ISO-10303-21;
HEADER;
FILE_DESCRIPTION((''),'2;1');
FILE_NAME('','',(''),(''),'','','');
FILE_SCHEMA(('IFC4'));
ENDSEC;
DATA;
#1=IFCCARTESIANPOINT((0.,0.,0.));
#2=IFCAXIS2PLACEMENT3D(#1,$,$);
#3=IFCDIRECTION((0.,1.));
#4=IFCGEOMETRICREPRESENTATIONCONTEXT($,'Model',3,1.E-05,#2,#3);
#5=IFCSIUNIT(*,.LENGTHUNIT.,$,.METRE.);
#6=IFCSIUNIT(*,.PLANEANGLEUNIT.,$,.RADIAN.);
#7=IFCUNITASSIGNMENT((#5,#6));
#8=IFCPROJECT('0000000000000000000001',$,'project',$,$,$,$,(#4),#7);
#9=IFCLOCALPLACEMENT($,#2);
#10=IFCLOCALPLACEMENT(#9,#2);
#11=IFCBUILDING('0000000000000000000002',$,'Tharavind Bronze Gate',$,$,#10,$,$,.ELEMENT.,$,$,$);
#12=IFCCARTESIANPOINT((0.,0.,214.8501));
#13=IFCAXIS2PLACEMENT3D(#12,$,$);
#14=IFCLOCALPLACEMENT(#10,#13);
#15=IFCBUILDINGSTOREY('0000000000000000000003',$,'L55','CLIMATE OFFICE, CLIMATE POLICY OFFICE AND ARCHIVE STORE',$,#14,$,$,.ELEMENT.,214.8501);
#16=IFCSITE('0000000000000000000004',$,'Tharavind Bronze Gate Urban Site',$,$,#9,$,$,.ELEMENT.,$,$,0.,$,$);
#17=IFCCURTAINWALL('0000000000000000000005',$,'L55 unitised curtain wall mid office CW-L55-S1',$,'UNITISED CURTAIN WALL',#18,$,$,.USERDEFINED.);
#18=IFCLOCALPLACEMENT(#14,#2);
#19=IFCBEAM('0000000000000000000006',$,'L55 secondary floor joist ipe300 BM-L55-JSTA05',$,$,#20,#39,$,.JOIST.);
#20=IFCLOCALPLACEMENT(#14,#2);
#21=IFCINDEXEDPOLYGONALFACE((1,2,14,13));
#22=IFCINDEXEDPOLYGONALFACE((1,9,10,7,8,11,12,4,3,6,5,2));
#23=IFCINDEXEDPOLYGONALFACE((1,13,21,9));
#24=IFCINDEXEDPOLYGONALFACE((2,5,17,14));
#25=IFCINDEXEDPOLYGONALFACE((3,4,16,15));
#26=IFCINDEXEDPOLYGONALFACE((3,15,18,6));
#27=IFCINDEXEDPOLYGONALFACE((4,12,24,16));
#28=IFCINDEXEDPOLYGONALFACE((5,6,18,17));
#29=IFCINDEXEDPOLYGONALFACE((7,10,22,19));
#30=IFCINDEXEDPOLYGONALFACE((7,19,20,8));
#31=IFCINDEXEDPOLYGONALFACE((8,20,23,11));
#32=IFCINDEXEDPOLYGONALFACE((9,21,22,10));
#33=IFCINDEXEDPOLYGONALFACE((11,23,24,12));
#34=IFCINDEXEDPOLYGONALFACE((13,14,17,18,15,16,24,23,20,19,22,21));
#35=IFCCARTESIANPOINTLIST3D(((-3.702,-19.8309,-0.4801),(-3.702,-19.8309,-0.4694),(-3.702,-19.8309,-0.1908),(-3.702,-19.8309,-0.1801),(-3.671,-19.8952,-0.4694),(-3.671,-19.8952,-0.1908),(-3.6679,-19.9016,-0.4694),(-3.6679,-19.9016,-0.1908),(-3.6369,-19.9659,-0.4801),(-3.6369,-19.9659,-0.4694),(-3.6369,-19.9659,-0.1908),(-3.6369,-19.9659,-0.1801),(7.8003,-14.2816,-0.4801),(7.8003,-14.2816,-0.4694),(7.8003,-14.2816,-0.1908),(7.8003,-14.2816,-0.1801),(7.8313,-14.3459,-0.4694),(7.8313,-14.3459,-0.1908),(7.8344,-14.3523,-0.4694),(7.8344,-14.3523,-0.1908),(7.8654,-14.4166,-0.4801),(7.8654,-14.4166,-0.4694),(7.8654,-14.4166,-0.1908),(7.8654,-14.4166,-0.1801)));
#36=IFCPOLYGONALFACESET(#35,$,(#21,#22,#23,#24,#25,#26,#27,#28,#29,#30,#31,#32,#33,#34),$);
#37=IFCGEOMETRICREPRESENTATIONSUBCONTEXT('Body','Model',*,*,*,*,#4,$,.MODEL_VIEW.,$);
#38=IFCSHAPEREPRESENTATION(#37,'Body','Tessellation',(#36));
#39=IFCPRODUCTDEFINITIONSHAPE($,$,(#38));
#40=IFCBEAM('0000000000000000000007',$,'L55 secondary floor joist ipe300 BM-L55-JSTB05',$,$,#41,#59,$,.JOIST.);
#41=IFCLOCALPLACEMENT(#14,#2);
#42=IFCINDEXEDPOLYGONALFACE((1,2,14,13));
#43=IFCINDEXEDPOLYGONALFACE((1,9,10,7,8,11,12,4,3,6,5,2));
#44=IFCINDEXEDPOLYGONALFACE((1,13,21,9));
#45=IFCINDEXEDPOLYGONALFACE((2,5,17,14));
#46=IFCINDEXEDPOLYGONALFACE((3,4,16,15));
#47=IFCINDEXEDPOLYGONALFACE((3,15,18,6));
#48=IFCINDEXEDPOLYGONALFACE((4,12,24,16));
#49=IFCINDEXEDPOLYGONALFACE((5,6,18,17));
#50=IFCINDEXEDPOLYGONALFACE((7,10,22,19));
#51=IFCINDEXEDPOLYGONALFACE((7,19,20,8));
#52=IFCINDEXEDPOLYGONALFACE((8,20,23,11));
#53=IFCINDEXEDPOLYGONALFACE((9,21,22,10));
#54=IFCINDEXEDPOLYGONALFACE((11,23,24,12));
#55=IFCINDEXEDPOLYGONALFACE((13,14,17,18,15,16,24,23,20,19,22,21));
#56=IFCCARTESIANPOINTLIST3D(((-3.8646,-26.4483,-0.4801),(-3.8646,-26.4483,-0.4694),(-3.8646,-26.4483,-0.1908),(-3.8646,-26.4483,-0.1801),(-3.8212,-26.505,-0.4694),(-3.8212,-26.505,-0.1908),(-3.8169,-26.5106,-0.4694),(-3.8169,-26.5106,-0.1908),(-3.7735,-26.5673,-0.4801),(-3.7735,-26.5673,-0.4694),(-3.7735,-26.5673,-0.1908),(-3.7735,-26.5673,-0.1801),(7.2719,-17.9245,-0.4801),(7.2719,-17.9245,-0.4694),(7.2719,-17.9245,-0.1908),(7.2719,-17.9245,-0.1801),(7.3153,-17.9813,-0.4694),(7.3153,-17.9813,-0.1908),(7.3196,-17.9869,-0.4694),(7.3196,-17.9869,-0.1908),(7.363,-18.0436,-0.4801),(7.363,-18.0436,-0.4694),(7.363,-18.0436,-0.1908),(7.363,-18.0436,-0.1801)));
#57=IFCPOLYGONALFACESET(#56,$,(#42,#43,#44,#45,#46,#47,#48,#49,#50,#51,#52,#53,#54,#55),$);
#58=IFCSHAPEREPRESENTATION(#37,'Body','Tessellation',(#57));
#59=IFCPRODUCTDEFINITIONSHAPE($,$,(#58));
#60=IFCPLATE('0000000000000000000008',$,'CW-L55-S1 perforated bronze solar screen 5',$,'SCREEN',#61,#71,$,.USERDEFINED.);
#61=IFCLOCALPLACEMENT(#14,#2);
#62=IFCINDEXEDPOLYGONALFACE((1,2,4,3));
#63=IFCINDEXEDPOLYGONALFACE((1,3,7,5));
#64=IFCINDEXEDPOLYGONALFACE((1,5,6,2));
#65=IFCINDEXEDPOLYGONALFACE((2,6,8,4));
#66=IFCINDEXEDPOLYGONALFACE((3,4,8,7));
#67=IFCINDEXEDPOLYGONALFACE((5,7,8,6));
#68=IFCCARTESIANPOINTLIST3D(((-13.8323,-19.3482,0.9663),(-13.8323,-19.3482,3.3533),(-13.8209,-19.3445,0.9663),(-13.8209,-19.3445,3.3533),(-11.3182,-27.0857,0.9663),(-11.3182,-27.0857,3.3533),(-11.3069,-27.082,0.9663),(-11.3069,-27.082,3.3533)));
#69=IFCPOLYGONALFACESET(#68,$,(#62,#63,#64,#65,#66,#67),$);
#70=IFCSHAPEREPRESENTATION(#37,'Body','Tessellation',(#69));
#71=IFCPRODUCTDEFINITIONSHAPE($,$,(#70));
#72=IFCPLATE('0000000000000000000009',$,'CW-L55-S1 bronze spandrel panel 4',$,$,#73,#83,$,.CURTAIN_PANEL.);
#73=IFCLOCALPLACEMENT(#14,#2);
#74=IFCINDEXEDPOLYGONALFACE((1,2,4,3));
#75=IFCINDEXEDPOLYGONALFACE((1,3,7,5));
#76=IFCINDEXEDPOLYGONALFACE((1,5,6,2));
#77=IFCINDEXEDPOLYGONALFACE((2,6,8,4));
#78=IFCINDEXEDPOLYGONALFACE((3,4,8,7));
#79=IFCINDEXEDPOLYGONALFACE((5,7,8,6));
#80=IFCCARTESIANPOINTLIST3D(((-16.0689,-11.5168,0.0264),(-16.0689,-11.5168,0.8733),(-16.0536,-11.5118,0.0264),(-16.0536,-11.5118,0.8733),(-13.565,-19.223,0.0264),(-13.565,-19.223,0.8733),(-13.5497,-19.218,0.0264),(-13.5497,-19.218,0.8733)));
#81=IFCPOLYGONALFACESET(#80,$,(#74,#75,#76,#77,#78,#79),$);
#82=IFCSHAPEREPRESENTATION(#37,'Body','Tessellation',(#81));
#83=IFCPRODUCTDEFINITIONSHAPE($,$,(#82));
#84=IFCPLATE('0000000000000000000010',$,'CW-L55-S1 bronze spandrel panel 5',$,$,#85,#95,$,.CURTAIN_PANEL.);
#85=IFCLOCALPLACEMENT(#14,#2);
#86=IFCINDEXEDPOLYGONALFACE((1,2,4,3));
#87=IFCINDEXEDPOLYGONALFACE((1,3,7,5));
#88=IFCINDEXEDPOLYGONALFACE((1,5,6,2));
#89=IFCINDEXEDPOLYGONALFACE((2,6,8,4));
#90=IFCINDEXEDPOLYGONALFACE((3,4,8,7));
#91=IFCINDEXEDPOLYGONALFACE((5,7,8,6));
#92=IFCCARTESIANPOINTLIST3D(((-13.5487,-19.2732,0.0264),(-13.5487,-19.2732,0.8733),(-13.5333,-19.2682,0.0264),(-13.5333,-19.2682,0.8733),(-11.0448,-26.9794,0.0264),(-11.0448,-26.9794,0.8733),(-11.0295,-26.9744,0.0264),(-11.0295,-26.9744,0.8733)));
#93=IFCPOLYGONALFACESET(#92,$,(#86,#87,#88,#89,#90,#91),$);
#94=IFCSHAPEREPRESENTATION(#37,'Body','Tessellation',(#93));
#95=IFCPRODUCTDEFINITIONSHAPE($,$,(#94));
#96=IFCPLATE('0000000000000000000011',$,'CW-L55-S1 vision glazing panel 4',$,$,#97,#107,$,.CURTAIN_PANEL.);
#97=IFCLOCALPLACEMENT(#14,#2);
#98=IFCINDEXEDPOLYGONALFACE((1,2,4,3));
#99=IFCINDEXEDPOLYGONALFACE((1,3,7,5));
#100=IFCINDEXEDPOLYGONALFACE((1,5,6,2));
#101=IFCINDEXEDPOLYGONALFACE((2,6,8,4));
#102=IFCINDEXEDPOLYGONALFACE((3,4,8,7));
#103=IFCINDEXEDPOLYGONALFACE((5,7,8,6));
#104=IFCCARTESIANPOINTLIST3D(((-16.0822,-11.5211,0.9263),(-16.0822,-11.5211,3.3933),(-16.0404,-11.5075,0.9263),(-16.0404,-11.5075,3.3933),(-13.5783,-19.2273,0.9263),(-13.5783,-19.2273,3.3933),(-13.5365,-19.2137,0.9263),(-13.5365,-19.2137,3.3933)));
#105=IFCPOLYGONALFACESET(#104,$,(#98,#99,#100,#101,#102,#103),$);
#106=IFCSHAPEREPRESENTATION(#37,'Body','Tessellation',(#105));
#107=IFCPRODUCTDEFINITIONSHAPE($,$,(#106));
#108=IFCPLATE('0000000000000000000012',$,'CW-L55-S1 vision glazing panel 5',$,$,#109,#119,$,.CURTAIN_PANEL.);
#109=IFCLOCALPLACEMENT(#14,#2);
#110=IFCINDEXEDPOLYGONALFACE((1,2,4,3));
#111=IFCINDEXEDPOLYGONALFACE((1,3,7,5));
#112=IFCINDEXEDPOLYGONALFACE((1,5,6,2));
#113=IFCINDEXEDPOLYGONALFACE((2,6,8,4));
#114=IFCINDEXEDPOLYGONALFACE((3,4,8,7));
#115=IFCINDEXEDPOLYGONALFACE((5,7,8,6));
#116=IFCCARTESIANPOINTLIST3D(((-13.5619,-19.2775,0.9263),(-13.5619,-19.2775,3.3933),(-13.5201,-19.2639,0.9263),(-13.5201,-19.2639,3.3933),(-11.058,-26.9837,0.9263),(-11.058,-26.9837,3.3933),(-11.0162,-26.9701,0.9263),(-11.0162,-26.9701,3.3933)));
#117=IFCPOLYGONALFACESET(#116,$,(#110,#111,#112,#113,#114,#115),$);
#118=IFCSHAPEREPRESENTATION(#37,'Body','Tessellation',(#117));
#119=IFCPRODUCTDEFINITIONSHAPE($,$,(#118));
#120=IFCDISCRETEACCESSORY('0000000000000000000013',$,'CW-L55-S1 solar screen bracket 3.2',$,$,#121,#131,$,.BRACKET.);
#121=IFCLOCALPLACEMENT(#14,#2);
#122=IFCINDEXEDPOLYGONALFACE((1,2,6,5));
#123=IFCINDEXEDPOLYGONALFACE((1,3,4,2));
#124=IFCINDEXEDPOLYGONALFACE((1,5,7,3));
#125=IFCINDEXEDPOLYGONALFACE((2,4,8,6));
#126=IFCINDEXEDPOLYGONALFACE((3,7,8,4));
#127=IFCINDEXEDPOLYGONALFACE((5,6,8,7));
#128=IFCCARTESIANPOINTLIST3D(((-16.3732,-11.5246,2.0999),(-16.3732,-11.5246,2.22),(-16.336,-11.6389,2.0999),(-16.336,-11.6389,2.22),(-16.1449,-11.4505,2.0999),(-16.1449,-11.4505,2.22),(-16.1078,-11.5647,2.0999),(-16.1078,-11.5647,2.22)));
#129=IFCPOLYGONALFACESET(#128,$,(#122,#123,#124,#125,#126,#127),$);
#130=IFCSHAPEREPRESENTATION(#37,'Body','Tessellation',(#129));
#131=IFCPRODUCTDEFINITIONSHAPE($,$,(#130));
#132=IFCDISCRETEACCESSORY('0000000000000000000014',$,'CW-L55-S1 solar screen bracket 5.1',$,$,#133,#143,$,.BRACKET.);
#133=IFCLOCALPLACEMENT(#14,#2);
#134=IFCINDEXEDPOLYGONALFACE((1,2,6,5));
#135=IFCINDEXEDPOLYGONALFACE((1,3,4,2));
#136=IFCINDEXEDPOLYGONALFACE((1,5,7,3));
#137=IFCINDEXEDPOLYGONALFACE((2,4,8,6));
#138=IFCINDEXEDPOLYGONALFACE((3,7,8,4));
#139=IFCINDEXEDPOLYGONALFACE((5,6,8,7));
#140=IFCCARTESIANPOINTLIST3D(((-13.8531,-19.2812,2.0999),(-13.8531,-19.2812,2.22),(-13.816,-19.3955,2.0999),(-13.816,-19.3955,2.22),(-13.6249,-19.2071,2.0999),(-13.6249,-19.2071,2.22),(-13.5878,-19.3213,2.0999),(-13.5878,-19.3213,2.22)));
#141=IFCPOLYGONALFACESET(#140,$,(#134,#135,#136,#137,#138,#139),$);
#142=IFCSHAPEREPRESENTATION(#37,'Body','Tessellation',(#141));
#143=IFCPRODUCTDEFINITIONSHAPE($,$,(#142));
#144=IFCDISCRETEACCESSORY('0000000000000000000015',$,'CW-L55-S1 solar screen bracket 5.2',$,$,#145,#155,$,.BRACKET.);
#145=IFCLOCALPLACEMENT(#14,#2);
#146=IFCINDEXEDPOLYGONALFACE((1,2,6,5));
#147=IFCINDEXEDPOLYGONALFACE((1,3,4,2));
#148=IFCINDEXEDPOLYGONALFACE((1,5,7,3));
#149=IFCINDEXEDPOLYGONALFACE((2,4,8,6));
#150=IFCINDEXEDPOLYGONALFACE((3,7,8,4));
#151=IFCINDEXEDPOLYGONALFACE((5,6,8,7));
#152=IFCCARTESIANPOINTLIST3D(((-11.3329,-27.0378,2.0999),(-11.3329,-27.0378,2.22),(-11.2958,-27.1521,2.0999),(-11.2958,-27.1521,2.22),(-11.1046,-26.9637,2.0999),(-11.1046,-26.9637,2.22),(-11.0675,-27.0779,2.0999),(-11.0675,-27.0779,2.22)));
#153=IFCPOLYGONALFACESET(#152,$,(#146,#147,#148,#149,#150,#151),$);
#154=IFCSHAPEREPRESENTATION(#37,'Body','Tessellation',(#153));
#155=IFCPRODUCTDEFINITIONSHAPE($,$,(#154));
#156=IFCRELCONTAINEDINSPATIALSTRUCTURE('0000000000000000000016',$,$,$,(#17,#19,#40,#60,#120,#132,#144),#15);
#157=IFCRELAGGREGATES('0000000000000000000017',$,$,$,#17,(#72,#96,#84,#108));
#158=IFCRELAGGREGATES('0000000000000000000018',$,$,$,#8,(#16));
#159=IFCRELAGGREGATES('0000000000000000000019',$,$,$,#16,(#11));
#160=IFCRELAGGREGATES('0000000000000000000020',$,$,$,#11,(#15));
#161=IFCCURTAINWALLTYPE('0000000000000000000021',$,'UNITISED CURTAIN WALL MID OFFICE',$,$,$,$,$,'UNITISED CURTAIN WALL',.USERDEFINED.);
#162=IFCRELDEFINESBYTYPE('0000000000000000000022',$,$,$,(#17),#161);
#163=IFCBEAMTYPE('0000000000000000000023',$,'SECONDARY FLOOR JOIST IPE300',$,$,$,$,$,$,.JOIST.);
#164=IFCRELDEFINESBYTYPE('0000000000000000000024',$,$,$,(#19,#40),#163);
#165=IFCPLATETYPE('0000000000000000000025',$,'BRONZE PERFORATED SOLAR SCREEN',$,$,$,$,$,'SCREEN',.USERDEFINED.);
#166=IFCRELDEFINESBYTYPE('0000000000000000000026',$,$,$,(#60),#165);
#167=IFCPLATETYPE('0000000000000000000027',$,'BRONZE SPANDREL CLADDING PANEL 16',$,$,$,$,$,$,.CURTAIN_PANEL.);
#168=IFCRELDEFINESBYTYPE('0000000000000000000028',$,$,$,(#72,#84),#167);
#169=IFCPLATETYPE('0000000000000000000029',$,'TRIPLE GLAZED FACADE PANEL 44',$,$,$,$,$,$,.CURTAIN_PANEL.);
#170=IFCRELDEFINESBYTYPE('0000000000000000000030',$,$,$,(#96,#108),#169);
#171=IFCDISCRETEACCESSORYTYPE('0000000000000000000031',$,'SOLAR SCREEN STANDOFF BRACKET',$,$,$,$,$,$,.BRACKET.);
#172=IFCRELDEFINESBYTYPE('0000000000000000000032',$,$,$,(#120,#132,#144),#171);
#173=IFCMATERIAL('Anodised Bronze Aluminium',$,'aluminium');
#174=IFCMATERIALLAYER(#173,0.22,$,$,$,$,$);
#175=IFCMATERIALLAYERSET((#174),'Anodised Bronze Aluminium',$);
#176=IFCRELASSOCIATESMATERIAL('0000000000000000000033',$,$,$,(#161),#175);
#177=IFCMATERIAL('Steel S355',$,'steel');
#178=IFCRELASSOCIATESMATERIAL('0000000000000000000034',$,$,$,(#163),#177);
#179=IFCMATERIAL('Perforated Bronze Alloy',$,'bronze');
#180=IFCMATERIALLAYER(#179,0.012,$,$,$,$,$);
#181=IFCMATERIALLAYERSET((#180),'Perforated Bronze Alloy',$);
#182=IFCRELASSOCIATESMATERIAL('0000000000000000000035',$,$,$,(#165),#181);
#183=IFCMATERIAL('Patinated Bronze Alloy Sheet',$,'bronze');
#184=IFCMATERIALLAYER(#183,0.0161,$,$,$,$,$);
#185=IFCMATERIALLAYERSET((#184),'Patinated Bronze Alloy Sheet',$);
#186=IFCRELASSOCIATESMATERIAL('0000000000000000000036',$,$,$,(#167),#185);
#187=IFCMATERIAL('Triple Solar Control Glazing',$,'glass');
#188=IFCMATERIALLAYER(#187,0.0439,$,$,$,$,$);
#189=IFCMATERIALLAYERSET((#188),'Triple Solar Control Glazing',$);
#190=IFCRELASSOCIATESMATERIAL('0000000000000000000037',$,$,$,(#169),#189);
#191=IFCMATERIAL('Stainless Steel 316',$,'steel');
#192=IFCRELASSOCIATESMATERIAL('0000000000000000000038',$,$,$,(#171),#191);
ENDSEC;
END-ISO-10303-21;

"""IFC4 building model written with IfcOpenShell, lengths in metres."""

from ifc_helpers import new_model, si_unit, direction, frame, origin, origin_2d, place, context, subcontext, project, spatial, rectangle, i_section, extrude, material, layer, layer_set, material_profile, profile_set, type_object, element, aggregate, save


model = new_model("IFC4")

# Units and contexts
model_context = context("Model", 3, precision=1e-05, world=origin(), true_north=direction((0.0, 1.0)))
body_context = subcontext(model_context, "Body", "Model", "MODEL_VIEW")
ifc_project = project(units=[si_unit("LENGTHUNIT", "METRE"), si_unit("PLANEANGLEUNIT", "RADIAN")], contexts=[model_context])

# Site, building, storey
site_placement = place(None, origin())
site = spatial("IfcSite", under=ifc_project, at=site_placement, Name="Tharavind Bronze Gate Urban Site", CompositionType="ELEMENT", RefElevation=0.0)
building_placement = place(site_placement, origin())
building = spatial("IfcBuilding", under=site, at=building_placement, Name="Tharavind Bronze Gate", CompositionType="ELEMENT")
storey_placement = place(building_placement, frame((0.0, 0.0, 214.8501)))
storey = spatial("IfcBuildingStorey", under=building, at=storey_placement, Name="L55", Description="CLIMATE OFFICE, CLIMATE POLICY OFFICE AND ARCHIVE STORE", CompositionType="ELEMENT", Elevation=214.8501)

# Curtain wall
ifc_material_1 = material(Name="Anodised Bronze Aluminium", Category="aluminium")
ifc_layer_1 = layer(ifc_material_1, 0.22)
ifc_layer_set_1 = layer_set([ifc_layer_1], Name="Anodised Bronze Aluminium")
curtain_wall_type = type_object("IfcCurtainWallType", Name="UNITISED CURTAIN WALL MID OFFICE", ElementType="UNITISED CURTAIN WALL", PredefinedType="USERDEFINED", material=ifc_layer_set_1)
curtain_wall_placement = place(storey_placement, origin())
curtain_wall = element("IfcCurtainWall", 1, at=curtain_wall_placement, inside=storey, type_object=curtain_wall_type, Name="L55 unitised curtain wall mid office CW-L55-S1", ObjectType="UNITISED CURTAIN WALL", PredefinedType="USERDEFINED")

# Beams
ifc_material_2 = material(Name="Steel S355", Category="steel")
ifc_material_profile_1 = material_profile(ifc_material_2, i_section(OverallWidth=0.1499, OverallDepth=0.3, WebThickness=0.0071, FlangeThickness=0.0107, at=origin_2d()), Name="IPE300")
ifc_profile_set_1 = profile_set([ifc_material_profile_1], Name="Steel S355")
beam_type_1 = type_object("IfcBeamType", Name="SECONDARY FLOOR JOIST IPE300", PredefinedType="JOIST", material=ifc_profile_set_1)
beam_1_placement = place(storey_placement, frame((-3.6694, -19.8984, -0.3301), z_axis=(0.900658, 0.434529, 0.0), x_axis=(-0.434529, 0.900658, 0.0)))
element("IfcBeam", 2, at=beam_1_placement, inside=storey, type_object=beam_type_1, Name="L55 secondary floor joist ipe300 BM-L55-JSTA05", PredefinedType="JOIST", context=body_context, shape_type="SweptSolid", body=[
    extrude(i_section(OverallWidth=0.1499, OverallDepth=0.3, WebThickness=0.0071, FlangeThickness=0.0107, at=origin_2d()), origin(), (0.0, 0.0, 1.0), 12.771),
])
beam_2_placement = place(storey_placement, frame((-3.8191, -26.5078, -0.3301), z_axis=(0.794098, 0.60779, 0.0), x_axis=(-0.60779, 0.794098, 0.0)))
element("IfcBeam", 3, at=beam_2_placement, inside=storey, type_object=beam_type_1, Name="L55 secondary floor joist ipe300 BM-L55-JSTB05", PredefinedType="JOIST", context=body_context, shape_type="SweptSolid", body=[
    extrude(i_section(OverallWidth=0.1499, OverallDepth=0.3, WebThickness=0.0071, FlangeThickness=0.0107, at=origin_2d()), origin(), (0.0, 0.0, 1.0), 14.0242),
])

# Plates
ifc_material_3 = material(Name="Perforated Bronze Alloy", Category="bronze")
ifc_layer_2 = layer(ifc_material_3, 0.012)
ifc_layer_set_2 = layer_set([ifc_layer_2], Name="Perforated Bronze Alloy")
plate_type_1 = type_object("IfcPlateType", Name="BRONZE PERFORATED SOLAR SCREEN", ElementType="SCREEN", PredefinedType="USERDEFINED", material=ifc_layer_set_2)
plate_1_placement = place(storey_placement, frame((-12.5696, -23.2151, 0.9663), z_axis=(0.0, 0.0, 1.0), x_axis=(0.309017, -0.951057, 0.0)))
element("IfcPlate", 4, at=plate_1_placement, inside=storey, type_object=plate_type_1, Name="CW-L55-S1 perforated bronze solar screen 5", ObjectType="SCREEN", PredefinedType="USERDEFINED", context=body_context, shape_type="SweptSolid", body=[
    extrude(rectangle(XDim=8.1357, YDim=0.012, at=origin_2d()), origin(), (0.0, 0.0, 1.0), 2.387),
])
ifc_material_4 = material(Name="Patinated Bronze Alloy Sheet", Category="bronze")
ifc_layer_3 = layer(ifc_material_4, 0.0161)
ifc_layer_set_3 = layer_set([ifc_layer_3], Name="Patinated Bronze Alloy Sheet")
plate_type_2 = type_object("IfcPlateType", Name="BRONZE SPANDREL CLADDING PANEL 16", PredefinedType="CURTAIN_PANEL", material=ifc_layer_set_3)
plate_2_placement = place(storey_placement, frame((-14.8093, -15.3674, 0.0264), z_axis=(0.0, 0.0, 1.0), x_axis=(0.309017, -0.951057, 0.0)))
plate_2 = element("IfcPlate", 5, at=plate_2_placement, type_object=plate_type_2, Name="CW-L55-S1 bronze spandrel panel 4", PredefinedType="CURTAIN_PANEL", context=body_context, shape_type="SweptSolid", body=[
    extrude(rectangle(XDim=8.1028, YDim=0.0161, at=origin_2d()), origin(), (0.0, 0.0, 1.0), 0.8469),
])
plate_3_placement = place(storey_placement, frame((-12.2891, -23.1238, 0.0264), z_axis=(0.0, 0.0, 1.0), x_axis=(0.309017, -0.951057, 0.0)))
plate_3 = element("IfcPlate", 6, at=plate_3_placement, type_object=plate_type_2, Name="CW-L55-S1 bronze spandrel panel 5", PredefinedType="CURTAIN_PANEL", context=body_context, shape_type="SweptSolid", body=[
    extrude(rectangle(XDim=8.1028, YDim=0.0161, at=origin_2d()), origin(), (0.0, 0.0, 1.0), 0.8469),
])
ifc_material_5 = material(Name="Triple Solar Control Glazing", Category="glass")
ifc_layer_4 = layer(ifc_material_5, 0.0439)
ifc_layer_set_4 = layer_set([ifc_layer_4], Name="Triple Solar Control Glazing")
plate_type_3 = type_object("IfcPlateType", Name="TRIPLE GLAZED FACADE PANEL 44", PredefinedType="CURTAIN_PANEL", material=ifc_layer_set_4)
plate_4_placement = place(storey_placement, frame((-14.8093, -15.3674, 0.9263), z_axis=(0.0, 0.0, 1.0), x_axis=(0.309017, -0.951057, 0.0)))
plate_4 = element("IfcPlate", 7, at=plate_4_placement, type_object=plate_type_3, Name="CW-L55-S1 vision glazing panel 4", PredefinedType="CURTAIN_PANEL", context=body_context, shape_type="SweptSolid", body=[
    extrude(rectangle(XDim=8.1028, YDim=0.0439, at=origin_2d()), origin(), (0.0, 0.0, 1.0), 2.467),
])
plate_5_placement = place(storey_placement, frame((-12.2891, -23.1238, 0.9263), z_axis=(0.0, 0.0, 1.0), x_axis=(0.309017, -0.951057, 0.0)))
plate_5 = element("IfcPlate", 8, at=plate_5_placement, type_object=plate_type_3, Name="CW-L55-S1 vision glazing panel 5", PredefinedType="CURTAIN_PANEL", context=body_context, shape_type="SweptSolid", body=[
    extrude(rectangle(XDim=8.1028, YDim=0.0439, at=origin_2d()), origin(), (0.0, 0.0, 1.0), 2.467),
])
aggregate(curtain_wall, [plate_2, plate_4, plate_3, plate_5])

# Discrete accessories
ifc_material_6 = material(Name="Stainless Steel 316", Category="steel")
discrete_accessory_type = type_object("IfcDiscreteAccessoryType", Name="SOLAR SCREEN STANDOFF BRACKET", PredefinedType="BRACKET", material=ifc_material_6)
for number, where, z_axis, x_axis, name in (
    (9, (-16.2405, -11.5447, 2.0999), (0.0, 0.0, 1.0), (0.309017, -0.951057, 0.0), "CW-L55-S1 solar screen bracket 3.2"),
    (10, (-13.7205, -19.3013, 2.0999), (0.0, 0.0, 1.0), (0.309017, -0.951057, 0.0), "CW-L55-S1 solar screen bracket 5.1"),
    (11, (-11.2002, -27.0579, 2.0999), (0.0, 0.0, 1.0), (0.309017, -0.951057, 0.0), "CW-L55-S1 solar screen bracket 5.2"),
):
    element("IfcDiscreteAccessory", number, at=place(storey_placement, frame(where, z_axis=z_axis, x_axis=x_axis)), inside=storey, type_object=discrete_accessory_type, Name=name, PredefinedType="BRACKET", context=body_context, shape_type="SweptSolid", body=[
        extrude(rectangle(XDim=0.1201, YDim=0.24, at=origin_2d()), origin(), (0.0, 0.0, 1.0), 0.1201),
    ])

save(model, "model.ifc")
